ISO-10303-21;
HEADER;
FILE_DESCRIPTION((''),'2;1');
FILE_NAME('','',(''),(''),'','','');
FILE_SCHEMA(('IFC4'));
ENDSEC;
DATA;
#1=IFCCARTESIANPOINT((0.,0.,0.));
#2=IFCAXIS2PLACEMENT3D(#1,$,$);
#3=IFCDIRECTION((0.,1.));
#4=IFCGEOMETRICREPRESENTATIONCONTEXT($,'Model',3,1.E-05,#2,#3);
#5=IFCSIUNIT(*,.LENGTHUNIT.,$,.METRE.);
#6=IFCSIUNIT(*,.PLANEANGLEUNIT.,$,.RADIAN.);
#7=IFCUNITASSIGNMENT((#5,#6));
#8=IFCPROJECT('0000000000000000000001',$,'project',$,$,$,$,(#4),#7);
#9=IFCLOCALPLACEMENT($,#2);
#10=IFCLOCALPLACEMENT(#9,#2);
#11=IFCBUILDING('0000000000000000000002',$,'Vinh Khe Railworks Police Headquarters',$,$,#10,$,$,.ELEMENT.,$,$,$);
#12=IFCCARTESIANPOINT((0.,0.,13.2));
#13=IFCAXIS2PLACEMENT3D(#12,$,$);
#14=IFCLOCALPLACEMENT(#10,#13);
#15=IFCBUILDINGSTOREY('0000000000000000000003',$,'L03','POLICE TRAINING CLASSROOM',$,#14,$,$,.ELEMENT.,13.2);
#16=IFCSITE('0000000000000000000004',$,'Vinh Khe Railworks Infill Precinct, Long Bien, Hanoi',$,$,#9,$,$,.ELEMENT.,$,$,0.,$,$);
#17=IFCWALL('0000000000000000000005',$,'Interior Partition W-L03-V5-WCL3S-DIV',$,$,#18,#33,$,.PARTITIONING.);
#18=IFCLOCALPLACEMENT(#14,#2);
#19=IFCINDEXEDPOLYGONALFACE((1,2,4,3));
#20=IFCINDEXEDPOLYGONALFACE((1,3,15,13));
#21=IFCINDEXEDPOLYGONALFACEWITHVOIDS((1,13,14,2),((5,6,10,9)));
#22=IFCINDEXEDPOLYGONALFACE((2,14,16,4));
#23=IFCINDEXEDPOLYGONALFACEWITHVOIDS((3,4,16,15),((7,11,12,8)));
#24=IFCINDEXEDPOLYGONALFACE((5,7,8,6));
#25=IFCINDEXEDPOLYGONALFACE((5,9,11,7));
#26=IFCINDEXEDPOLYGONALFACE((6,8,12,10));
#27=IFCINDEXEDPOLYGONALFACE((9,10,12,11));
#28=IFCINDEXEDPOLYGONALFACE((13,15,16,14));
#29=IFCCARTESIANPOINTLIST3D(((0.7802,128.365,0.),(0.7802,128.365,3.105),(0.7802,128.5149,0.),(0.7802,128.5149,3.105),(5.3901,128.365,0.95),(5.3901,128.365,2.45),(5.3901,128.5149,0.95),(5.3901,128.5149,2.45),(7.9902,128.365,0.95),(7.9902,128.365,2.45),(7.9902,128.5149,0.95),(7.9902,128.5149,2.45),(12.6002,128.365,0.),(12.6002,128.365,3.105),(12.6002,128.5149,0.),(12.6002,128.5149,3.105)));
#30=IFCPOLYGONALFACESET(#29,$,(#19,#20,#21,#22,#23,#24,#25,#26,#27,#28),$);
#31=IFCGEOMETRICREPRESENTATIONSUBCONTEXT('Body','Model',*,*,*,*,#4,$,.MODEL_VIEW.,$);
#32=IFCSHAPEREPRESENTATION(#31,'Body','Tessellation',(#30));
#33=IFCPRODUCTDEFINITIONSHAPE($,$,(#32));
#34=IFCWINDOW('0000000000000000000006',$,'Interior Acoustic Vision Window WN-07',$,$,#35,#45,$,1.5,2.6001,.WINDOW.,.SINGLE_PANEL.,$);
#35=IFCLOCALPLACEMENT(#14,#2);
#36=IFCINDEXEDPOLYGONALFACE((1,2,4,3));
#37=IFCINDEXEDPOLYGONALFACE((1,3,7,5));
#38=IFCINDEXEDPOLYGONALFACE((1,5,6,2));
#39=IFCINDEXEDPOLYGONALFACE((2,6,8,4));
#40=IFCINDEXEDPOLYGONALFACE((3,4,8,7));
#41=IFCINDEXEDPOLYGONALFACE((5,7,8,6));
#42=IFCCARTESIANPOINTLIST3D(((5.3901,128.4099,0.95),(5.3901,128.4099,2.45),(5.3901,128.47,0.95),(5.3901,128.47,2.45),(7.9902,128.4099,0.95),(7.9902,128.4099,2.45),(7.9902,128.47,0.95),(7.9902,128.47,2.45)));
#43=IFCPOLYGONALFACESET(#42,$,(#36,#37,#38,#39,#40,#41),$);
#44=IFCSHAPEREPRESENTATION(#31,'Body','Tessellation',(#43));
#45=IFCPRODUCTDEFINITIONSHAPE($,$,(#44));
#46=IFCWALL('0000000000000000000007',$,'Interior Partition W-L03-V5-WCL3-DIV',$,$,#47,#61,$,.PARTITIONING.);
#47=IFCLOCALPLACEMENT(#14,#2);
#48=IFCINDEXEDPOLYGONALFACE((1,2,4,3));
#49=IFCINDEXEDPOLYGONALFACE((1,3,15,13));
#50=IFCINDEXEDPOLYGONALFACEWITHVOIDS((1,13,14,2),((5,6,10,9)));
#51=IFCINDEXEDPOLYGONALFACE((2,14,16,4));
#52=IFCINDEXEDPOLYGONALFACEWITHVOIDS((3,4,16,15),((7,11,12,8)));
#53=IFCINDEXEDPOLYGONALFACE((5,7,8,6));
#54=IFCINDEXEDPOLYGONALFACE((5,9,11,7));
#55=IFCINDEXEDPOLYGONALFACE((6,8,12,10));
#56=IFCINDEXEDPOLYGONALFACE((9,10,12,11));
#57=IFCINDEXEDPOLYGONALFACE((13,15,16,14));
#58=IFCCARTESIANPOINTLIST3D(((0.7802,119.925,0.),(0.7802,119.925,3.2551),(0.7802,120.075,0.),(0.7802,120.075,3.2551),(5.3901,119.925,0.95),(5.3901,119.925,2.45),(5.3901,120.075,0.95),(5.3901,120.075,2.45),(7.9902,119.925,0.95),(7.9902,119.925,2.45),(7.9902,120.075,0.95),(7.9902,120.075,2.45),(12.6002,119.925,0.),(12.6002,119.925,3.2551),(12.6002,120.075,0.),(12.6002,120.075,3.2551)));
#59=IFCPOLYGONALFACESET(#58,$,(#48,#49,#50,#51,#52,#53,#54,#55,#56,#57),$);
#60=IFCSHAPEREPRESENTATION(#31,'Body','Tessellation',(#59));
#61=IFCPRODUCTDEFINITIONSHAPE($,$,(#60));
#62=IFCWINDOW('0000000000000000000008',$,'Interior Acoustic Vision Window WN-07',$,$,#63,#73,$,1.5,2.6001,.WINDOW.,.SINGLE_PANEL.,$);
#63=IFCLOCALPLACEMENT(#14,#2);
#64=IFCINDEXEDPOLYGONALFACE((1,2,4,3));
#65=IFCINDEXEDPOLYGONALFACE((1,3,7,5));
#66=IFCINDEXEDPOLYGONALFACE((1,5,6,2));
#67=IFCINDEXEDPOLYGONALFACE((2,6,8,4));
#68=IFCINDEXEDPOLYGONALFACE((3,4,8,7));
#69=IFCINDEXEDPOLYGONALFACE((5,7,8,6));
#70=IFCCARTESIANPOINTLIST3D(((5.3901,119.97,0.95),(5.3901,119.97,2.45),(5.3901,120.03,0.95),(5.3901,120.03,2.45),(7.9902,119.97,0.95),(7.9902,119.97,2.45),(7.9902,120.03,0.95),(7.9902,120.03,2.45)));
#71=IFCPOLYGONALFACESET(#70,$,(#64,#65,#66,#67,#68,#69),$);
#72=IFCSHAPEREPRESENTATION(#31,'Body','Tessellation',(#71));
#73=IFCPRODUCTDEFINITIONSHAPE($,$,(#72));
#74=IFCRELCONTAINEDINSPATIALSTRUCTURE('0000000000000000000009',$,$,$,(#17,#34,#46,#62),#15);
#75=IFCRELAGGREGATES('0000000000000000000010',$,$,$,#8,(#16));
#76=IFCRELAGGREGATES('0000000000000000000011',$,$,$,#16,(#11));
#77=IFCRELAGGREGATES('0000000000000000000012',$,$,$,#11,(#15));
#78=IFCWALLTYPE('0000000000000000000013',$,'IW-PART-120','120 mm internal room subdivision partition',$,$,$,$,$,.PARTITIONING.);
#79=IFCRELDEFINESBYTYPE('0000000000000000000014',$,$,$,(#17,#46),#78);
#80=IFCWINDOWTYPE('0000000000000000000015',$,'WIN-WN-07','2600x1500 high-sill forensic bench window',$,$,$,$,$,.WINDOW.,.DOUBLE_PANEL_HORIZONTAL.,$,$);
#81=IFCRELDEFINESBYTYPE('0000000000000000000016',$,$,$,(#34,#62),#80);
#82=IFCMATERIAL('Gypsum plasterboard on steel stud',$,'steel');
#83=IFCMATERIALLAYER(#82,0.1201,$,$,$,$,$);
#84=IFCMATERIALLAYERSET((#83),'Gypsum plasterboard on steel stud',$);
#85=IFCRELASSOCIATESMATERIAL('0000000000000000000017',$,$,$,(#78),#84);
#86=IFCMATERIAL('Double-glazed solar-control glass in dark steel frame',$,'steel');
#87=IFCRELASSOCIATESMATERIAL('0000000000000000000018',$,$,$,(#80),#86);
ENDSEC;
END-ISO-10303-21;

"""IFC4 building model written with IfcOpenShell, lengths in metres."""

from ifc_helpers import new_model, si_unit, direction, frame, frame_2d, origin, place, context, subcontext, project, spatial, rectangle, extrude, material, layer, layer_set, type_object, element, fill, save


model = new_model("IFC4")

# Units and contexts
model_context = context("Model", 3, precision=1e-05, world=origin(), true_north=direction((0.0, 1.0)))
body_context = subcontext(model_context, "Body", "Model", "MODEL_VIEW")
ifc_project = project(units=[si_unit("LENGTHUNIT", "METRE"), si_unit("PLANEANGLEUNIT", "RADIAN")], contexts=[model_context])

# Site, building, storey
site_placement = place(None, origin())
site = spatial("IfcSite", under=ifc_project, at=site_placement, Name="Vinh Khe Railworks Infill Precinct, Long Bien, Hanoi", CompositionType="ELEMENT", RefElevation=0.0)
building_placement = place(site_placement, origin())
building = spatial("IfcBuilding", under=site, at=building_placement, Name="Vinh Khe Railworks Police Headquarters", CompositionType="ELEMENT")
storey_placement = place(building_placement, frame((0.0, 0.0, 13.2)))
storey = spatial("IfcBuildingStorey", under=building, at=storey_placement, Name="L03", Description="POLICE TRAINING CLASSROOM", CompositionType="ELEMENT", Elevation=13.2)

# Shared definitions
ifc_material_1 = material(Name="Double-glazed solar-control glass in dark steel frame", Category="steel")

# Walls, openings, windows
ifc_material_2 = material(Name="Gypsum plasterboard on steel stud", Category="steel")
ifc_layer_1 = layer(ifc_material_2, 0.1201)
ifc_layer_set_1 = layer_set([ifc_layer_1], Name="Gypsum plasterboard on steel stud")
wall_type_1 = type_object("IfcWallType", Name="IW-PART-120", Description="120 mm internal room subdivision partition", PredefinedType="PARTITIONING", material=ifc_layer_set_1)
wall_1_placement = place(storey_placement, frame((0.78, 128.4399, 0.0), z_axis=(0.0, 0.0, 1.0), x_axis=(1.0, 0.0, 0.0)))
wall_1 = element("IfcWall", 1, at=wall_1_placement, inside=storey, type_object=wall_type_1, Name="Interior Partition W-L03-V5-WCL3S-DIV", PredefinedType="PARTITIONING", context=body_context, shape_type="SweptSolid", body=[
    extrude(rectangle(XDim=11.8201, YDim=0.1499, at=frame_2d((5.9102, 0.0))), origin(), (0.0, 0.0, 1.0), 3.105),
])
opening_1_placement = place(wall_1_placement, frame((4.6101, 0.0, 0.95)))
opening_1 = element("IfcOpeningElement", 2, at=opening_1_placement, cuts=wall_1, PredefinedType="OPENING", context=body_context, shape_type="SweptSolid", body=[
    extrude(rectangle(XDim=2.6001, YDim=1.5, at=frame_2d((1.3, 0.75))), frame((0.0, 0.0898, 0.0), z_axis=(0.0, -1.0, 0.0), x_axis=(1.0, 0.0, 0.0)), (0.0, 0.0, 1.0), 0.1797),
])
window_type_1 = type_object("IfcWindowType", Name="WIN-WN-07", Description="2600x1500 high-sill forensic bench window", PartitioningType="DOUBLE_PANEL_HORIZONTAL", PredefinedType="WINDOW", material=ifc_material_1)
window_1_placement = place(opening_1_placement, origin())
window_1 = element("IfcWindow", 3, at=window_1_placement, inside=storey, type_object=window_type_1, Name="Interior Acoustic Vision Window WN-07", OverallHeight=1.5, OverallWidth=2.6001, PartitioningType="SINGLE_PANEL", PredefinedType="WINDOW", context=body_context, shape_type="SweptSolid", body=[
    extrude(rectangle(XDim=2.6001, YDim=1.5, at=frame_2d((1.3, 0.75))), frame((0.0, 0.03, 0.0), z_axis=(0.0, -1.0, 0.0), x_axis=(1.0, 0.0, 0.0)), (0.0, 0.0, 1.0), 0.0601),
])
fill(opening_1, window_1)
wall_2_placement = place(storey_placement, frame((0.78, 120.0, 0.0), z_axis=(0.0, 0.0, 1.0), x_axis=(1.0, 0.0, 0.0)))
wall_2 = element("IfcWall", 4, at=wall_2_placement, inside=storey, type_object=wall_type_1, Name="Interior Partition W-L03-V5-WCL3-DIV", PredefinedType="PARTITIONING", context=body_context, shape_type="SweptSolid", body=[
    extrude(rectangle(XDim=11.8201, YDim=0.1499, at=frame_2d((5.9102, 0.0))), origin(), (0.0, 0.0, 1.0), 3.2551),
])
opening_2_placement = place(wall_2_placement, frame((4.6101, 0.0, 0.95)))
opening_2 = element("IfcOpeningElement", 5, at=opening_2_placement, cuts=wall_2, PredefinedType="OPENING", context=body_context, shape_type="SweptSolid", body=[
    extrude(rectangle(XDim=2.6001, YDim=1.5, at=frame_2d((1.3, 0.75))), frame((0.0, 0.0898, 0.0), z_axis=(0.0, -1.0, 0.0), x_axis=(1.0, 0.0, 0.0)), (0.0, 0.0, 1.0), 0.1797),
])
window_2_placement = place(opening_2_placement, origin())
window_2 = element("IfcWindow", 6, at=window_2_placement, inside=storey, type_object=window_type_1, Name="Interior Acoustic Vision Window WN-07", OverallHeight=1.5, OverallWidth=2.6001, PartitioningType="SINGLE_PANEL", PredefinedType="WINDOW", context=body_context, shape_type="SweptSolid", body=[
    extrude(rectangle(XDim=2.6001, YDim=1.5, at=frame_2d((1.3, 0.75))), frame((0.0, 0.03, 0.0), z_axis=(0.0, -1.0, 0.0), x_axis=(1.0, 0.0, 0.0)), (0.0, 0.0, 1.0), 0.0601),
])
fill(opening_2, window_2)

save(model, "model.ifc")
